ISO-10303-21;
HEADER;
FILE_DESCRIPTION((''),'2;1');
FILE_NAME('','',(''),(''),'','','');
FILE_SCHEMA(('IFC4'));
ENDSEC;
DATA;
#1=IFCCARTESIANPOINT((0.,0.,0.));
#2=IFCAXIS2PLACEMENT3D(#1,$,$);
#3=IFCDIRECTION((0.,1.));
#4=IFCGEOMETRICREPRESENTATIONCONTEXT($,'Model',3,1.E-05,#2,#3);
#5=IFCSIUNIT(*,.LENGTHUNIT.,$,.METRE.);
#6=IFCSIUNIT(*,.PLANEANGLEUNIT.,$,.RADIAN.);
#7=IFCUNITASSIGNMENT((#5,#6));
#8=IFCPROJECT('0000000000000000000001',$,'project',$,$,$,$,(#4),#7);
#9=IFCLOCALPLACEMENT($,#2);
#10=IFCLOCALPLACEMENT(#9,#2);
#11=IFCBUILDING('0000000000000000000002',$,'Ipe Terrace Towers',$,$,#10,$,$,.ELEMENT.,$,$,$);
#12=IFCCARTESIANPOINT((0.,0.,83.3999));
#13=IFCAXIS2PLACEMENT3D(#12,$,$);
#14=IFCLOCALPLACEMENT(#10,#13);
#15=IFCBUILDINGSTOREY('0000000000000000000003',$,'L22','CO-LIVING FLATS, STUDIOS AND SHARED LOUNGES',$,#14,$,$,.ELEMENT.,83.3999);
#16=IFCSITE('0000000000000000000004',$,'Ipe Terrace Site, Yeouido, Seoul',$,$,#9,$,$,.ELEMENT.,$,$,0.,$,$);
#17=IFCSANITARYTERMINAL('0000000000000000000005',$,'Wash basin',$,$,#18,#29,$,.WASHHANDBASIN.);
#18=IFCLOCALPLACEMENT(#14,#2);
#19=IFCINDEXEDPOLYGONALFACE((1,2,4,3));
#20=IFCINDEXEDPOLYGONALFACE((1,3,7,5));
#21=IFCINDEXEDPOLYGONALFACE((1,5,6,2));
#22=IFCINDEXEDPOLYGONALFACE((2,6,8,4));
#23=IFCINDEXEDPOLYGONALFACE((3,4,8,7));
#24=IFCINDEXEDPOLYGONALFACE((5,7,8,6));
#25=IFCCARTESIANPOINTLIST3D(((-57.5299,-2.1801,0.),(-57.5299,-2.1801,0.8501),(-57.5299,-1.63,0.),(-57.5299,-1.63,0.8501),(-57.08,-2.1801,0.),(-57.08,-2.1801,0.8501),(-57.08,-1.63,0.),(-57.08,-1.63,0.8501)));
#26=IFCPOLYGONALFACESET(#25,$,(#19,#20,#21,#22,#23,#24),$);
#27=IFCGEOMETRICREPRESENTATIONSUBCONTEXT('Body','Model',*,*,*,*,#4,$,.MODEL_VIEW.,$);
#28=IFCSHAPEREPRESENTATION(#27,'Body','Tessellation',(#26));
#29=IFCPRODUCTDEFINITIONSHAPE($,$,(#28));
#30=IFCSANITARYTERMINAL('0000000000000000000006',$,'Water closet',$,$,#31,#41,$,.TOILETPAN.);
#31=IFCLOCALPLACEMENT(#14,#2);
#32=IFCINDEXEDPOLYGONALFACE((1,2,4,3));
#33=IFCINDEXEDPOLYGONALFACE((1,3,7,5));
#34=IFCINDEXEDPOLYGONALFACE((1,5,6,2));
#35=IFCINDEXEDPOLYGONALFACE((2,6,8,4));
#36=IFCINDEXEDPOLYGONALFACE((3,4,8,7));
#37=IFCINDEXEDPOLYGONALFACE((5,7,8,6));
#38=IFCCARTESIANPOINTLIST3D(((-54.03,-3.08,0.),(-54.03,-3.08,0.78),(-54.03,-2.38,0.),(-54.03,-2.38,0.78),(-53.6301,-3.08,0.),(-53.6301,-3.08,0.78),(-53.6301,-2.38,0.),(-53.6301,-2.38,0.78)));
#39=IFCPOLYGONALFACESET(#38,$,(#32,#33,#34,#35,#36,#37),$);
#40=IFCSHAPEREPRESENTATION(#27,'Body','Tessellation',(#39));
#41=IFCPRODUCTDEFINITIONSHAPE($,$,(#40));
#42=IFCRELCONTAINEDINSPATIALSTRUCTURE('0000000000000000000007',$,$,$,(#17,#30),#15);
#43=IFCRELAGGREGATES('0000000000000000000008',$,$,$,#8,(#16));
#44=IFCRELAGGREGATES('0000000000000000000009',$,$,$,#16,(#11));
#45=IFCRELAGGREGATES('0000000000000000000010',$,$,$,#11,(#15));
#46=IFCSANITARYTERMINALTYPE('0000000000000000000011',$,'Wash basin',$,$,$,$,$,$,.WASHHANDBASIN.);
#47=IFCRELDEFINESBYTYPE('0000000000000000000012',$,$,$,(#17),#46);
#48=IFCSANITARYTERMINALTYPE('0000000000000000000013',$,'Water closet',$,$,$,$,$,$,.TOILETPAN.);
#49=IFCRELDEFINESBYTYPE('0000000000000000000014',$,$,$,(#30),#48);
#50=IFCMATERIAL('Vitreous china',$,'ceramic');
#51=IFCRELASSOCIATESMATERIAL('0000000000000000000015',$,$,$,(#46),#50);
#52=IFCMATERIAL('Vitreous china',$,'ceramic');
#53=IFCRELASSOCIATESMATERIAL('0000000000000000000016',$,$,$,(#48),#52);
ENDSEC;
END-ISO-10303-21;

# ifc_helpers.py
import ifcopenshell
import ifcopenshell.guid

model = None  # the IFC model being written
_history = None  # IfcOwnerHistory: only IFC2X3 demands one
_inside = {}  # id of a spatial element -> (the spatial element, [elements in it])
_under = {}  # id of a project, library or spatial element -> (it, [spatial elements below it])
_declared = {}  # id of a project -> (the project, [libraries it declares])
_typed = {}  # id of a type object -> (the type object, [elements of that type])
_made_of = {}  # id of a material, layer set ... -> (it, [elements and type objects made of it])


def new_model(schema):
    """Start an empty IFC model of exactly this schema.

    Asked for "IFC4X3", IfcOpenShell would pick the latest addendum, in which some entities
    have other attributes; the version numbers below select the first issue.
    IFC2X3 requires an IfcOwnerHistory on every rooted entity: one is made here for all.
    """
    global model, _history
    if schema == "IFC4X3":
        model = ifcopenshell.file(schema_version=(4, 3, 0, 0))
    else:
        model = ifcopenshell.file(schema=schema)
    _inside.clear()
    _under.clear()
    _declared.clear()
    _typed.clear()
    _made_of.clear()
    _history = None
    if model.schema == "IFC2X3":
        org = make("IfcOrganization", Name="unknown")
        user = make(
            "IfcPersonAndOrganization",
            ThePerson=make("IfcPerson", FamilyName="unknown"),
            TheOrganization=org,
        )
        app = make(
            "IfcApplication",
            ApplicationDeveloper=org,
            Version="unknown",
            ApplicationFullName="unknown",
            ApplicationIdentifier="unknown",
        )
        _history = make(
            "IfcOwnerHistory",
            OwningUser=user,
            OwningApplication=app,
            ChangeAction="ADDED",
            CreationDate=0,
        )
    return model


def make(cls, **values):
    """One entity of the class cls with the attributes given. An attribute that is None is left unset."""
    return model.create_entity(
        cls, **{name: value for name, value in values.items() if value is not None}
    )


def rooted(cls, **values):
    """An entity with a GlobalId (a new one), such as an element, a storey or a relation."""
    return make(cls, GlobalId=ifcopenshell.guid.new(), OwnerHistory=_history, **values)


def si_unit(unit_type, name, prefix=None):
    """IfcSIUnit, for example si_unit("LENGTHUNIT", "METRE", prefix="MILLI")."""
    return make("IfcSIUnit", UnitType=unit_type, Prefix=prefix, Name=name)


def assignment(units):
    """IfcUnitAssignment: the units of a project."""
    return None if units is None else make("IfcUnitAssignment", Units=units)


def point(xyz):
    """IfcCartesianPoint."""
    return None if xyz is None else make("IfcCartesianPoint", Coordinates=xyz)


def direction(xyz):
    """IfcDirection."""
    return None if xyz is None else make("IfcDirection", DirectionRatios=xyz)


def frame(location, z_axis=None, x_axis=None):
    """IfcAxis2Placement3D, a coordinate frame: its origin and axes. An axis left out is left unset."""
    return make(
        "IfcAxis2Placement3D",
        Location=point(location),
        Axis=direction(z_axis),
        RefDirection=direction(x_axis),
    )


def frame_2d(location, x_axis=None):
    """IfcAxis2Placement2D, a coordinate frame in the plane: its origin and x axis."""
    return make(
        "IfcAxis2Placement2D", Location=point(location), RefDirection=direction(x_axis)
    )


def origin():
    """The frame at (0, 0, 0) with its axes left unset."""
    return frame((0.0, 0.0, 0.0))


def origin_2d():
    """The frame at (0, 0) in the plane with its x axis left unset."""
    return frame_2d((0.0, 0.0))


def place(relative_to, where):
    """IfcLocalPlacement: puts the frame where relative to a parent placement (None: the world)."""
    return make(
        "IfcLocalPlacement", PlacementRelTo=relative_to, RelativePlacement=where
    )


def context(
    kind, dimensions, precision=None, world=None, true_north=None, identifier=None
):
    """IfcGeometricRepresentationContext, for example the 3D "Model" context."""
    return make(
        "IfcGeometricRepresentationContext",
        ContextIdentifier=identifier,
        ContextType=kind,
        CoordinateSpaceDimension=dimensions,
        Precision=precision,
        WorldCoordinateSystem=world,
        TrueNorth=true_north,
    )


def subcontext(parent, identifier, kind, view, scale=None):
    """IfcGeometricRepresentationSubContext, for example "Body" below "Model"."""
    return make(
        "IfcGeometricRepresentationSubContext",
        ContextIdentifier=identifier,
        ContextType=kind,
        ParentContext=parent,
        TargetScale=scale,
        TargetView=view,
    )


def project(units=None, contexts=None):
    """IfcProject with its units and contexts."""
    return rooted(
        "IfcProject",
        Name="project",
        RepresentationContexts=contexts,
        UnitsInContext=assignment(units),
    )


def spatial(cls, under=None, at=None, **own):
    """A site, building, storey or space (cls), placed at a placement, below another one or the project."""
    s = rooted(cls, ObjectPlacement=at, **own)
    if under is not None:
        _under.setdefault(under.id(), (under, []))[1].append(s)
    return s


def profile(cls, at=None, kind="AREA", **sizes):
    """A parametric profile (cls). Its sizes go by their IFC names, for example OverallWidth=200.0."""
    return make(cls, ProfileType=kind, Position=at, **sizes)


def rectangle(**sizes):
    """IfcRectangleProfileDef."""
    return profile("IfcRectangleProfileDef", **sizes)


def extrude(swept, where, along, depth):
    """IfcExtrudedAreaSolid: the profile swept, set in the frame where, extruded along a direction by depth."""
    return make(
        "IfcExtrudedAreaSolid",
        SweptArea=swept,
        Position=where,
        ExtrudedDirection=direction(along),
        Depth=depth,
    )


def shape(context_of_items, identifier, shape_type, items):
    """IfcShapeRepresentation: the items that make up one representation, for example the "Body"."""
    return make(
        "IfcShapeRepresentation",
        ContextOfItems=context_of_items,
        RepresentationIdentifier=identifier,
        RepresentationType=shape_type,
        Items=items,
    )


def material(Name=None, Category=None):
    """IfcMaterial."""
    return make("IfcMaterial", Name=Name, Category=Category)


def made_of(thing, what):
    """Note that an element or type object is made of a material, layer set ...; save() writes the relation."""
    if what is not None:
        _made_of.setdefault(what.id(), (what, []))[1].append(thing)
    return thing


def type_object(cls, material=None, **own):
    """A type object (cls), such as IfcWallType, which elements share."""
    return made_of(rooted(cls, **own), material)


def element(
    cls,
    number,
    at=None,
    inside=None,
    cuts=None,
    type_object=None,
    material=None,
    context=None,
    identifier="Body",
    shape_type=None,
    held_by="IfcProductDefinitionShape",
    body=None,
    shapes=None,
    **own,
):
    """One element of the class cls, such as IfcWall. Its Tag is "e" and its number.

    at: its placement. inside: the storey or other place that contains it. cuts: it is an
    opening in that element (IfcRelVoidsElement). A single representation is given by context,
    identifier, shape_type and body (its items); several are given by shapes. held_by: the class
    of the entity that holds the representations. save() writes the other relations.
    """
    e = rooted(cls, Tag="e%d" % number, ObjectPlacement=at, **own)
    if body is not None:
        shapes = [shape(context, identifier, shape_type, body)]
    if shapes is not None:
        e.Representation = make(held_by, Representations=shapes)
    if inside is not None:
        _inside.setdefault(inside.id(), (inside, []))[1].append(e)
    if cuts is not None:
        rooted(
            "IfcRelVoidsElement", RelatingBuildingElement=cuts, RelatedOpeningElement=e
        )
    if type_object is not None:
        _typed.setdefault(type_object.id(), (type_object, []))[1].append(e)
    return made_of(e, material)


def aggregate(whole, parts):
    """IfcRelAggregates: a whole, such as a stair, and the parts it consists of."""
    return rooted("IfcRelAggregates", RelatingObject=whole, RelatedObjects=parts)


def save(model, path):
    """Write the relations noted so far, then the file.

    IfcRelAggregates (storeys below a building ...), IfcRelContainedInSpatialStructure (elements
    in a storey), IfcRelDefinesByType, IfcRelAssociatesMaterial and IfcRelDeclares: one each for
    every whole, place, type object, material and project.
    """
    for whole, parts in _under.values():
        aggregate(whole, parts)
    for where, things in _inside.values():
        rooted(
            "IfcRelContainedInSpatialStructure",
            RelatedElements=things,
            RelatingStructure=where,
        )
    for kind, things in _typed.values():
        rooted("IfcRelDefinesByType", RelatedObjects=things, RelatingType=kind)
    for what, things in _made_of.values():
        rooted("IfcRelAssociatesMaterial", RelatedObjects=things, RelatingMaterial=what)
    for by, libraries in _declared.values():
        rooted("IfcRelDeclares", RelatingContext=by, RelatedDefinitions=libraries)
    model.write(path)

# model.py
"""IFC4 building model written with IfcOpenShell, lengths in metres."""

from ifc_helpers import new_model, si_unit, direction, frame, origin, origin_2d, place, context, subcontext, project, spatial, rectangle, extrude, material, type_object, element, save


model = new_model("IFC4")

# Units and contexts
model_context = context("Model", 3, precision=1e-05, world=origin(), true_north=direction((0.0, 1.0)))
body_context = subcontext(model_context, "Body", "Model", "MODEL_VIEW")
ifc_project = project(units=[si_unit("LENGTHUNIT", "METRE"), si_unit("PLANEANGLEUNIT", "RADIAN")], contexts=[model_context])

# Site, building, storey
site_placement = place(None, origin())
site = spatial("IfcSite", under=ifc_project, at=site_placement, Name="Ipe Terrace Site, Yeouido, Seoul", CompositionType="ELEMENT", RefElevation=0.0)
building_placement = place(site_placement, origin())
building = spatial("IfcBuilding", under=site, at=building_placement, Name="Ipe Terrace Towers", CompositionType="ELEMENT")
storey_placement = place(building_placement, frame((0.0, 0.0, 83.3999)))
storey = spatial("IfcBuildingStorey", under=building, at=storey_placement, Name="L22", Description="CO-LIVING FLATS, STUDIOS AND SHARED LOUNGES", CompositionType="ELEMENT", Elevation=83.3999)

# Sanitary terminals
ifc_material_1 = material(Name="Vitreous china", Category="ceramic")
sanitary_terminal_type_1 = type_object("IfcSanitaryTerminalType", Name="Wash basin", PredefinedType="WASHHANDBASIN", material=ifc_material_1)
for number, where, z_axis, x_axis, name in (
    (1, (-57.3049, -1.905, 0.0), (0.0, 0.0, 1.0), (0.0, 1.0, 0.0), "Wash basin"),
):
    element("IfcSanitaryTerminal", number, at=place(storey_placement, frame(where, z_axis=z_axis, x_axis=x_axis)), inside=storey, type_object=sanitary_terminal_type_1, Name=name, PredefinedType="WASHHANDBASIN", context=body_context, shape_type="SweptSolid", body=[
        extrude(rectangle(XDim=0.55, YDim=0.45, at=origin_2d()), origin(), (0.0, 0.0, 1.0), 0.8501),
    ])
ifc_material_2 = material(Name="Vitreous china", Category="ceramic")
sanitary_terminal_type_2 = type_object("IfcSanitaryTerminalType", Name="Water closet", PredefinedType="TOILETPAN", material=ifc_material_2)
sanitary_terminal_placement = place(storey_placement, frame((-53.8301, -2.73, 0.0), z_axis=(0.0, 0.0, 1.0), x_axis=(0.0, 1.0, 0.0)))
element("IfcSanitaryTerminal", 2, at=sanitary_terminal_placement, inside=storey, type_object=sanitary_terminal_type_2, Name="Water closet", PredefinedType="TOILETPAN", context=body_context, shape_type="SweptSolid", body=[
    extrude(rectangle(XDim=0.7, YDim=0.3999, at=origin_2d()), origin(), (0.0, 0.0, 1.0), 0.78),
])

save(model, "model.ifc")
